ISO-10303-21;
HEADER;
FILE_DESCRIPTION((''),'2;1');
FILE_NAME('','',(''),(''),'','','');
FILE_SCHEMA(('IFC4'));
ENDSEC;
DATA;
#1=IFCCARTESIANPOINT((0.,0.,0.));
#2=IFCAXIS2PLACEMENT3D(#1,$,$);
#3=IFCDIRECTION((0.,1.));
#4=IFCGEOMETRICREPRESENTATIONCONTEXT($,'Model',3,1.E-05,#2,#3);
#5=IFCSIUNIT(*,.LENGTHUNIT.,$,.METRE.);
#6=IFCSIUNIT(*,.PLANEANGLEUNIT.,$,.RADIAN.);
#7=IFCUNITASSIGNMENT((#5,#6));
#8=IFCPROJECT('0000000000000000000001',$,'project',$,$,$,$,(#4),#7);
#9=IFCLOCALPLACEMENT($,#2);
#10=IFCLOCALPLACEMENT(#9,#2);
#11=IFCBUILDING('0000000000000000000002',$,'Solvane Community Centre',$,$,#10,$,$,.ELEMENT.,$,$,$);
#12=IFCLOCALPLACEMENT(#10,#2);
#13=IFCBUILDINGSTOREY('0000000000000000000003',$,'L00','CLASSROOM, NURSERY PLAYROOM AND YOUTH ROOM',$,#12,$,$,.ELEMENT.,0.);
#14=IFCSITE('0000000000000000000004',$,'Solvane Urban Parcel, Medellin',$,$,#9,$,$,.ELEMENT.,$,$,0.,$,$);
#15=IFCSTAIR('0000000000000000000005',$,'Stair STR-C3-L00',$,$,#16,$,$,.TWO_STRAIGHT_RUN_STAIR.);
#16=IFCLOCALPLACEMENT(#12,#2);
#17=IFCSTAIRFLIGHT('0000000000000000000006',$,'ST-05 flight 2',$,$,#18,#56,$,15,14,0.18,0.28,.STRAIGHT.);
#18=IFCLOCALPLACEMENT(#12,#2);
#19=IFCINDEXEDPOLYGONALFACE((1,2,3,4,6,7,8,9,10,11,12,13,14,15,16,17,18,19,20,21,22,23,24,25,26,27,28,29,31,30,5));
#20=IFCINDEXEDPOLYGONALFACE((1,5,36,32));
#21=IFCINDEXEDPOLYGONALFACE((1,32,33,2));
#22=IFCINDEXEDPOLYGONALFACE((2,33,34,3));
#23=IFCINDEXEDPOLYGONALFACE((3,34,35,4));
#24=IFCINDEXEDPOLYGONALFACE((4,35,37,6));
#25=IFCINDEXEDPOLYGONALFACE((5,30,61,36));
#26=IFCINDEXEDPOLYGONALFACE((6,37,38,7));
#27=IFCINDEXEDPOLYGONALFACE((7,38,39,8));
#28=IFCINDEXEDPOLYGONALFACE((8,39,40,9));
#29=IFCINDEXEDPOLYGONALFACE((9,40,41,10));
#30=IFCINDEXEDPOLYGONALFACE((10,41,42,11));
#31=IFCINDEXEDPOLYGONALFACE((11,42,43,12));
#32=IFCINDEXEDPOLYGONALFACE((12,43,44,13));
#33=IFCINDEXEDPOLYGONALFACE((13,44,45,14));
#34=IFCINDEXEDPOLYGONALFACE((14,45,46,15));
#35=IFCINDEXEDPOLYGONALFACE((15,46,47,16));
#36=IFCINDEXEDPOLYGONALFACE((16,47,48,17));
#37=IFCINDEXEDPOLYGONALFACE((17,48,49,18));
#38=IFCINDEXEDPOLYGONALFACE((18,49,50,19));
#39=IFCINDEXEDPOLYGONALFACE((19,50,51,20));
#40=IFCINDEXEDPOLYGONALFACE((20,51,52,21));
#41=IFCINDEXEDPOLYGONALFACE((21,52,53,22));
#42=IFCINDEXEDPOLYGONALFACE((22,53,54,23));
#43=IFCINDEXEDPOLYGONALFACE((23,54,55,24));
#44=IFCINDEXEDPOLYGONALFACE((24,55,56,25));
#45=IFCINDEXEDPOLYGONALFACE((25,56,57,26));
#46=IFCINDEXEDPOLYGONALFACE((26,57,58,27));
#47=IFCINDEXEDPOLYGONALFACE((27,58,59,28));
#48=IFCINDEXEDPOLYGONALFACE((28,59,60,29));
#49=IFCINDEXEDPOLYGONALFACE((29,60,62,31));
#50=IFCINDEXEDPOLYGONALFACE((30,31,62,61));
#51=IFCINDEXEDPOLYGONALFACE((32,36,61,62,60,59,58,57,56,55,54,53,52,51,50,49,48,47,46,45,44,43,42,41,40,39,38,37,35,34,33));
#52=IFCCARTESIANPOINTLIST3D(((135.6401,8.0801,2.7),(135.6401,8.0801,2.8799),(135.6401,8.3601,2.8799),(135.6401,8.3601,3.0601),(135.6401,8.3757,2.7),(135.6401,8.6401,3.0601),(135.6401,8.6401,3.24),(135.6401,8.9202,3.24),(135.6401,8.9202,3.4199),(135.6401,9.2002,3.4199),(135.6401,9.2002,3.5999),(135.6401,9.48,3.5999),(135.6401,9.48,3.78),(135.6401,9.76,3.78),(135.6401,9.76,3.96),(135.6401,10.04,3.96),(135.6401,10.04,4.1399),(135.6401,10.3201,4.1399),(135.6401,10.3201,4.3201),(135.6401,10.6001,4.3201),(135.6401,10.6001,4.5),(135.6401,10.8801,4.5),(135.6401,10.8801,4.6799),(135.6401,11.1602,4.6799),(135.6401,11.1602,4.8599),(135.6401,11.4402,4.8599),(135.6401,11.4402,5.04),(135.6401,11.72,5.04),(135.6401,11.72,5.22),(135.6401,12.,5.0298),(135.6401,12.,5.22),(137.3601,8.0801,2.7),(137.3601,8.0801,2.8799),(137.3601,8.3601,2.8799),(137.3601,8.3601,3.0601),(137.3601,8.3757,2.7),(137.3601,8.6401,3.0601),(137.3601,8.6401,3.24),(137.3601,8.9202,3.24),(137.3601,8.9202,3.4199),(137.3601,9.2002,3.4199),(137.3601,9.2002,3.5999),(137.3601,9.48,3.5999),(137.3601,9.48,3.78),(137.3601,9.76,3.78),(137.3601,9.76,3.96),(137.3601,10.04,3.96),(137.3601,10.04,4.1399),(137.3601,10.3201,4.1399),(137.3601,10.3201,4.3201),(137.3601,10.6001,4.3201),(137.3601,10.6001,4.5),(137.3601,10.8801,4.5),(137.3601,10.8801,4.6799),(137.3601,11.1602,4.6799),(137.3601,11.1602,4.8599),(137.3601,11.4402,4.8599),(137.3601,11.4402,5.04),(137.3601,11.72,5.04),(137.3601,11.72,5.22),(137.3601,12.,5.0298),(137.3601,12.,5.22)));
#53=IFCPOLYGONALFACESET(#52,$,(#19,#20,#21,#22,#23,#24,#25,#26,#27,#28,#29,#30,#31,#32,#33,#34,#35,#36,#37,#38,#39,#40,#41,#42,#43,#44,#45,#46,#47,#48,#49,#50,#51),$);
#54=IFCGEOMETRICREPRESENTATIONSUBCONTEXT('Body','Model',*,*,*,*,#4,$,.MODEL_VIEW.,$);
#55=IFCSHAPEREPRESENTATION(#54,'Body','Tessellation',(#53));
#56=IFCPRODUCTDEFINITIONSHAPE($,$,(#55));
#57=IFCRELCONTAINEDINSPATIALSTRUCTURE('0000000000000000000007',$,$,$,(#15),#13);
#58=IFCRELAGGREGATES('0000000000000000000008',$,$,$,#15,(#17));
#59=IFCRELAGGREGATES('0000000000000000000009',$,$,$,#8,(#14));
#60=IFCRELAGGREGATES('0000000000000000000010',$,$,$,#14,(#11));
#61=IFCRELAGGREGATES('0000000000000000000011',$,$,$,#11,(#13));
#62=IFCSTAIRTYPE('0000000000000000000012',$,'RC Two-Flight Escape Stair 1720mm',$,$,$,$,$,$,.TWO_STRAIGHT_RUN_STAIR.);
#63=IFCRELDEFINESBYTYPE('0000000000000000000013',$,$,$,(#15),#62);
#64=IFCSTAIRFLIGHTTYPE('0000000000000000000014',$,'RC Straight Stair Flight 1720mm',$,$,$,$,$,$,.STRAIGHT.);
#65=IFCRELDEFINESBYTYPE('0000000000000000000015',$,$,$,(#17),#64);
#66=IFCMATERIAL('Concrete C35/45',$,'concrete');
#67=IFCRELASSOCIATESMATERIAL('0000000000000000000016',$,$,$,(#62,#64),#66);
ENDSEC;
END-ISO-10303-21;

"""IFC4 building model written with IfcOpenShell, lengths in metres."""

from ifc_helpers import new_model, si_unit, direction, frame, origin, place, context, subcontext, project, spatial, polyline, outline, extrude, material, type_object, element, aggregate, save


model = new_model("IFC4")

# Units and contexts
model_context = context("Model", 3, precision=1e-05, world=origin(), true_north=direction((0.0, 1.0)))
body_context = subcontext(model_context, "Body", "Model", "MODEL_VIEW")
ifc_project = project(units=[si_unit("LENGTHUNIT", "METRE"), si_unit("PLANEANGLEUNIT", "RADIAN")], contexts=[model_context])

# Site, building, storey
site_placement = place(None, origin())
site = spatial("IfcSite", under=ifc_project, at=site_placement, Name="Solvane Urban Parcel, Medellin", CompositionType="ELEMENT", RefElevation=0.0)
building_placement = place(site_placement, origin())
building = spatial("IfcBuilding", under=site, at=building_placement, Name="Solvane Community Centre", CompositionType="ELEMENT")
storey_placement = place(building_placement, origin())
storey = spatial("IfcBuildingStorey", under=building, at=storey_placement, Name="L00", Description="CLASSROOM, NURSERY PLAYROOM AND YOUTH ROOM", CompositionType="ELEMENT", Elevation=0.0)

# Shared definitions
ifc_material_1 = material(Name="Concrete C35/45", Category="concrete")

# Stair, stair flight
stair_type = type_object("IfcStairType", Name="RC Two-Flight Escape Stair 1720mm", PredefinedType="TWO_STRAIGHT_RUN_STAIR", material=ifc_material_1)
stair_placement = place(storey_placement, origin())
stair = element("IfcStair", 1, at=stair_placement, inside=storey, type_object=stair_type, Name="Stair STR-C3-L00", PredefinedType="TWO_STRAIGHT_RUN_STAIR")
stair_flight_type = type_object("IfcStairFlightType", Name="RC Straight Stair Flight 1720mm", PredefinedType="STRAIGHT", material=ifc_material_1)
stair_flight_1_placement = place(storey_placement, frame((136.5, 8.0801, 2.7), z_axis=(0.0, 0.0, 1.0), x_axis=(0.0, 1.0, 0.0)))
stair_flight_1 = element("IfcStairFlight", 2, at=stair_flight_1_placement, type_object=stair_flight_type, Name="ST-05 flight 2", NumberOfRisers=15, NumberOfTreads=14, PredefinedType="STRAIGHT", RiserHeight=0.18, TreadLength=0.28, context=body_context, shape_type="SweptSolid", body=[
    extrude(outline(polyline([(0.0, 0.0), (0.0, 0.1799), (0.28, 0.1799), (0.28, 0.3601), (0.5601, 0.3601), (0.5601, 0.54), (0.8401, 0.54), (0.8401, 0.72), (1.1201, 0.72), (1.1201, 0.8999), (1.3999, 0.8999), (1.3999, 1.0801), (1.6799, 1.0801), (1.6799, 1.26), (1.96, 1.26), (1.96, 1.4399), (2.24, 1.4399), (2.24, 1.6201), (2.52, 1.6201), (2.52, 1.8), (2.8, 1.8), (2.8, 1.98), (3.0801, 1.98), (3.0801, 2.1599), (3.3601, 2.1599), (3.3601, 2.3401), (3.6399, 2.3401), (3.6399, 2.52), (3.9199, 2.52), (3.9199, 2.7), (3.9199, 2.3298), (0.2957, 0.0), (0.0, 0.0)])), frame((0.0, 0.8599, 0.0), z_axis=(0.0, -1.0, 0.0), x_axis=(1.0, 0.0, 0.0)), (0.0, 0.0, 1.0), 1.72),
])
aggregate(stair, [stair_flight_1])

save(model, "model.ifc")
